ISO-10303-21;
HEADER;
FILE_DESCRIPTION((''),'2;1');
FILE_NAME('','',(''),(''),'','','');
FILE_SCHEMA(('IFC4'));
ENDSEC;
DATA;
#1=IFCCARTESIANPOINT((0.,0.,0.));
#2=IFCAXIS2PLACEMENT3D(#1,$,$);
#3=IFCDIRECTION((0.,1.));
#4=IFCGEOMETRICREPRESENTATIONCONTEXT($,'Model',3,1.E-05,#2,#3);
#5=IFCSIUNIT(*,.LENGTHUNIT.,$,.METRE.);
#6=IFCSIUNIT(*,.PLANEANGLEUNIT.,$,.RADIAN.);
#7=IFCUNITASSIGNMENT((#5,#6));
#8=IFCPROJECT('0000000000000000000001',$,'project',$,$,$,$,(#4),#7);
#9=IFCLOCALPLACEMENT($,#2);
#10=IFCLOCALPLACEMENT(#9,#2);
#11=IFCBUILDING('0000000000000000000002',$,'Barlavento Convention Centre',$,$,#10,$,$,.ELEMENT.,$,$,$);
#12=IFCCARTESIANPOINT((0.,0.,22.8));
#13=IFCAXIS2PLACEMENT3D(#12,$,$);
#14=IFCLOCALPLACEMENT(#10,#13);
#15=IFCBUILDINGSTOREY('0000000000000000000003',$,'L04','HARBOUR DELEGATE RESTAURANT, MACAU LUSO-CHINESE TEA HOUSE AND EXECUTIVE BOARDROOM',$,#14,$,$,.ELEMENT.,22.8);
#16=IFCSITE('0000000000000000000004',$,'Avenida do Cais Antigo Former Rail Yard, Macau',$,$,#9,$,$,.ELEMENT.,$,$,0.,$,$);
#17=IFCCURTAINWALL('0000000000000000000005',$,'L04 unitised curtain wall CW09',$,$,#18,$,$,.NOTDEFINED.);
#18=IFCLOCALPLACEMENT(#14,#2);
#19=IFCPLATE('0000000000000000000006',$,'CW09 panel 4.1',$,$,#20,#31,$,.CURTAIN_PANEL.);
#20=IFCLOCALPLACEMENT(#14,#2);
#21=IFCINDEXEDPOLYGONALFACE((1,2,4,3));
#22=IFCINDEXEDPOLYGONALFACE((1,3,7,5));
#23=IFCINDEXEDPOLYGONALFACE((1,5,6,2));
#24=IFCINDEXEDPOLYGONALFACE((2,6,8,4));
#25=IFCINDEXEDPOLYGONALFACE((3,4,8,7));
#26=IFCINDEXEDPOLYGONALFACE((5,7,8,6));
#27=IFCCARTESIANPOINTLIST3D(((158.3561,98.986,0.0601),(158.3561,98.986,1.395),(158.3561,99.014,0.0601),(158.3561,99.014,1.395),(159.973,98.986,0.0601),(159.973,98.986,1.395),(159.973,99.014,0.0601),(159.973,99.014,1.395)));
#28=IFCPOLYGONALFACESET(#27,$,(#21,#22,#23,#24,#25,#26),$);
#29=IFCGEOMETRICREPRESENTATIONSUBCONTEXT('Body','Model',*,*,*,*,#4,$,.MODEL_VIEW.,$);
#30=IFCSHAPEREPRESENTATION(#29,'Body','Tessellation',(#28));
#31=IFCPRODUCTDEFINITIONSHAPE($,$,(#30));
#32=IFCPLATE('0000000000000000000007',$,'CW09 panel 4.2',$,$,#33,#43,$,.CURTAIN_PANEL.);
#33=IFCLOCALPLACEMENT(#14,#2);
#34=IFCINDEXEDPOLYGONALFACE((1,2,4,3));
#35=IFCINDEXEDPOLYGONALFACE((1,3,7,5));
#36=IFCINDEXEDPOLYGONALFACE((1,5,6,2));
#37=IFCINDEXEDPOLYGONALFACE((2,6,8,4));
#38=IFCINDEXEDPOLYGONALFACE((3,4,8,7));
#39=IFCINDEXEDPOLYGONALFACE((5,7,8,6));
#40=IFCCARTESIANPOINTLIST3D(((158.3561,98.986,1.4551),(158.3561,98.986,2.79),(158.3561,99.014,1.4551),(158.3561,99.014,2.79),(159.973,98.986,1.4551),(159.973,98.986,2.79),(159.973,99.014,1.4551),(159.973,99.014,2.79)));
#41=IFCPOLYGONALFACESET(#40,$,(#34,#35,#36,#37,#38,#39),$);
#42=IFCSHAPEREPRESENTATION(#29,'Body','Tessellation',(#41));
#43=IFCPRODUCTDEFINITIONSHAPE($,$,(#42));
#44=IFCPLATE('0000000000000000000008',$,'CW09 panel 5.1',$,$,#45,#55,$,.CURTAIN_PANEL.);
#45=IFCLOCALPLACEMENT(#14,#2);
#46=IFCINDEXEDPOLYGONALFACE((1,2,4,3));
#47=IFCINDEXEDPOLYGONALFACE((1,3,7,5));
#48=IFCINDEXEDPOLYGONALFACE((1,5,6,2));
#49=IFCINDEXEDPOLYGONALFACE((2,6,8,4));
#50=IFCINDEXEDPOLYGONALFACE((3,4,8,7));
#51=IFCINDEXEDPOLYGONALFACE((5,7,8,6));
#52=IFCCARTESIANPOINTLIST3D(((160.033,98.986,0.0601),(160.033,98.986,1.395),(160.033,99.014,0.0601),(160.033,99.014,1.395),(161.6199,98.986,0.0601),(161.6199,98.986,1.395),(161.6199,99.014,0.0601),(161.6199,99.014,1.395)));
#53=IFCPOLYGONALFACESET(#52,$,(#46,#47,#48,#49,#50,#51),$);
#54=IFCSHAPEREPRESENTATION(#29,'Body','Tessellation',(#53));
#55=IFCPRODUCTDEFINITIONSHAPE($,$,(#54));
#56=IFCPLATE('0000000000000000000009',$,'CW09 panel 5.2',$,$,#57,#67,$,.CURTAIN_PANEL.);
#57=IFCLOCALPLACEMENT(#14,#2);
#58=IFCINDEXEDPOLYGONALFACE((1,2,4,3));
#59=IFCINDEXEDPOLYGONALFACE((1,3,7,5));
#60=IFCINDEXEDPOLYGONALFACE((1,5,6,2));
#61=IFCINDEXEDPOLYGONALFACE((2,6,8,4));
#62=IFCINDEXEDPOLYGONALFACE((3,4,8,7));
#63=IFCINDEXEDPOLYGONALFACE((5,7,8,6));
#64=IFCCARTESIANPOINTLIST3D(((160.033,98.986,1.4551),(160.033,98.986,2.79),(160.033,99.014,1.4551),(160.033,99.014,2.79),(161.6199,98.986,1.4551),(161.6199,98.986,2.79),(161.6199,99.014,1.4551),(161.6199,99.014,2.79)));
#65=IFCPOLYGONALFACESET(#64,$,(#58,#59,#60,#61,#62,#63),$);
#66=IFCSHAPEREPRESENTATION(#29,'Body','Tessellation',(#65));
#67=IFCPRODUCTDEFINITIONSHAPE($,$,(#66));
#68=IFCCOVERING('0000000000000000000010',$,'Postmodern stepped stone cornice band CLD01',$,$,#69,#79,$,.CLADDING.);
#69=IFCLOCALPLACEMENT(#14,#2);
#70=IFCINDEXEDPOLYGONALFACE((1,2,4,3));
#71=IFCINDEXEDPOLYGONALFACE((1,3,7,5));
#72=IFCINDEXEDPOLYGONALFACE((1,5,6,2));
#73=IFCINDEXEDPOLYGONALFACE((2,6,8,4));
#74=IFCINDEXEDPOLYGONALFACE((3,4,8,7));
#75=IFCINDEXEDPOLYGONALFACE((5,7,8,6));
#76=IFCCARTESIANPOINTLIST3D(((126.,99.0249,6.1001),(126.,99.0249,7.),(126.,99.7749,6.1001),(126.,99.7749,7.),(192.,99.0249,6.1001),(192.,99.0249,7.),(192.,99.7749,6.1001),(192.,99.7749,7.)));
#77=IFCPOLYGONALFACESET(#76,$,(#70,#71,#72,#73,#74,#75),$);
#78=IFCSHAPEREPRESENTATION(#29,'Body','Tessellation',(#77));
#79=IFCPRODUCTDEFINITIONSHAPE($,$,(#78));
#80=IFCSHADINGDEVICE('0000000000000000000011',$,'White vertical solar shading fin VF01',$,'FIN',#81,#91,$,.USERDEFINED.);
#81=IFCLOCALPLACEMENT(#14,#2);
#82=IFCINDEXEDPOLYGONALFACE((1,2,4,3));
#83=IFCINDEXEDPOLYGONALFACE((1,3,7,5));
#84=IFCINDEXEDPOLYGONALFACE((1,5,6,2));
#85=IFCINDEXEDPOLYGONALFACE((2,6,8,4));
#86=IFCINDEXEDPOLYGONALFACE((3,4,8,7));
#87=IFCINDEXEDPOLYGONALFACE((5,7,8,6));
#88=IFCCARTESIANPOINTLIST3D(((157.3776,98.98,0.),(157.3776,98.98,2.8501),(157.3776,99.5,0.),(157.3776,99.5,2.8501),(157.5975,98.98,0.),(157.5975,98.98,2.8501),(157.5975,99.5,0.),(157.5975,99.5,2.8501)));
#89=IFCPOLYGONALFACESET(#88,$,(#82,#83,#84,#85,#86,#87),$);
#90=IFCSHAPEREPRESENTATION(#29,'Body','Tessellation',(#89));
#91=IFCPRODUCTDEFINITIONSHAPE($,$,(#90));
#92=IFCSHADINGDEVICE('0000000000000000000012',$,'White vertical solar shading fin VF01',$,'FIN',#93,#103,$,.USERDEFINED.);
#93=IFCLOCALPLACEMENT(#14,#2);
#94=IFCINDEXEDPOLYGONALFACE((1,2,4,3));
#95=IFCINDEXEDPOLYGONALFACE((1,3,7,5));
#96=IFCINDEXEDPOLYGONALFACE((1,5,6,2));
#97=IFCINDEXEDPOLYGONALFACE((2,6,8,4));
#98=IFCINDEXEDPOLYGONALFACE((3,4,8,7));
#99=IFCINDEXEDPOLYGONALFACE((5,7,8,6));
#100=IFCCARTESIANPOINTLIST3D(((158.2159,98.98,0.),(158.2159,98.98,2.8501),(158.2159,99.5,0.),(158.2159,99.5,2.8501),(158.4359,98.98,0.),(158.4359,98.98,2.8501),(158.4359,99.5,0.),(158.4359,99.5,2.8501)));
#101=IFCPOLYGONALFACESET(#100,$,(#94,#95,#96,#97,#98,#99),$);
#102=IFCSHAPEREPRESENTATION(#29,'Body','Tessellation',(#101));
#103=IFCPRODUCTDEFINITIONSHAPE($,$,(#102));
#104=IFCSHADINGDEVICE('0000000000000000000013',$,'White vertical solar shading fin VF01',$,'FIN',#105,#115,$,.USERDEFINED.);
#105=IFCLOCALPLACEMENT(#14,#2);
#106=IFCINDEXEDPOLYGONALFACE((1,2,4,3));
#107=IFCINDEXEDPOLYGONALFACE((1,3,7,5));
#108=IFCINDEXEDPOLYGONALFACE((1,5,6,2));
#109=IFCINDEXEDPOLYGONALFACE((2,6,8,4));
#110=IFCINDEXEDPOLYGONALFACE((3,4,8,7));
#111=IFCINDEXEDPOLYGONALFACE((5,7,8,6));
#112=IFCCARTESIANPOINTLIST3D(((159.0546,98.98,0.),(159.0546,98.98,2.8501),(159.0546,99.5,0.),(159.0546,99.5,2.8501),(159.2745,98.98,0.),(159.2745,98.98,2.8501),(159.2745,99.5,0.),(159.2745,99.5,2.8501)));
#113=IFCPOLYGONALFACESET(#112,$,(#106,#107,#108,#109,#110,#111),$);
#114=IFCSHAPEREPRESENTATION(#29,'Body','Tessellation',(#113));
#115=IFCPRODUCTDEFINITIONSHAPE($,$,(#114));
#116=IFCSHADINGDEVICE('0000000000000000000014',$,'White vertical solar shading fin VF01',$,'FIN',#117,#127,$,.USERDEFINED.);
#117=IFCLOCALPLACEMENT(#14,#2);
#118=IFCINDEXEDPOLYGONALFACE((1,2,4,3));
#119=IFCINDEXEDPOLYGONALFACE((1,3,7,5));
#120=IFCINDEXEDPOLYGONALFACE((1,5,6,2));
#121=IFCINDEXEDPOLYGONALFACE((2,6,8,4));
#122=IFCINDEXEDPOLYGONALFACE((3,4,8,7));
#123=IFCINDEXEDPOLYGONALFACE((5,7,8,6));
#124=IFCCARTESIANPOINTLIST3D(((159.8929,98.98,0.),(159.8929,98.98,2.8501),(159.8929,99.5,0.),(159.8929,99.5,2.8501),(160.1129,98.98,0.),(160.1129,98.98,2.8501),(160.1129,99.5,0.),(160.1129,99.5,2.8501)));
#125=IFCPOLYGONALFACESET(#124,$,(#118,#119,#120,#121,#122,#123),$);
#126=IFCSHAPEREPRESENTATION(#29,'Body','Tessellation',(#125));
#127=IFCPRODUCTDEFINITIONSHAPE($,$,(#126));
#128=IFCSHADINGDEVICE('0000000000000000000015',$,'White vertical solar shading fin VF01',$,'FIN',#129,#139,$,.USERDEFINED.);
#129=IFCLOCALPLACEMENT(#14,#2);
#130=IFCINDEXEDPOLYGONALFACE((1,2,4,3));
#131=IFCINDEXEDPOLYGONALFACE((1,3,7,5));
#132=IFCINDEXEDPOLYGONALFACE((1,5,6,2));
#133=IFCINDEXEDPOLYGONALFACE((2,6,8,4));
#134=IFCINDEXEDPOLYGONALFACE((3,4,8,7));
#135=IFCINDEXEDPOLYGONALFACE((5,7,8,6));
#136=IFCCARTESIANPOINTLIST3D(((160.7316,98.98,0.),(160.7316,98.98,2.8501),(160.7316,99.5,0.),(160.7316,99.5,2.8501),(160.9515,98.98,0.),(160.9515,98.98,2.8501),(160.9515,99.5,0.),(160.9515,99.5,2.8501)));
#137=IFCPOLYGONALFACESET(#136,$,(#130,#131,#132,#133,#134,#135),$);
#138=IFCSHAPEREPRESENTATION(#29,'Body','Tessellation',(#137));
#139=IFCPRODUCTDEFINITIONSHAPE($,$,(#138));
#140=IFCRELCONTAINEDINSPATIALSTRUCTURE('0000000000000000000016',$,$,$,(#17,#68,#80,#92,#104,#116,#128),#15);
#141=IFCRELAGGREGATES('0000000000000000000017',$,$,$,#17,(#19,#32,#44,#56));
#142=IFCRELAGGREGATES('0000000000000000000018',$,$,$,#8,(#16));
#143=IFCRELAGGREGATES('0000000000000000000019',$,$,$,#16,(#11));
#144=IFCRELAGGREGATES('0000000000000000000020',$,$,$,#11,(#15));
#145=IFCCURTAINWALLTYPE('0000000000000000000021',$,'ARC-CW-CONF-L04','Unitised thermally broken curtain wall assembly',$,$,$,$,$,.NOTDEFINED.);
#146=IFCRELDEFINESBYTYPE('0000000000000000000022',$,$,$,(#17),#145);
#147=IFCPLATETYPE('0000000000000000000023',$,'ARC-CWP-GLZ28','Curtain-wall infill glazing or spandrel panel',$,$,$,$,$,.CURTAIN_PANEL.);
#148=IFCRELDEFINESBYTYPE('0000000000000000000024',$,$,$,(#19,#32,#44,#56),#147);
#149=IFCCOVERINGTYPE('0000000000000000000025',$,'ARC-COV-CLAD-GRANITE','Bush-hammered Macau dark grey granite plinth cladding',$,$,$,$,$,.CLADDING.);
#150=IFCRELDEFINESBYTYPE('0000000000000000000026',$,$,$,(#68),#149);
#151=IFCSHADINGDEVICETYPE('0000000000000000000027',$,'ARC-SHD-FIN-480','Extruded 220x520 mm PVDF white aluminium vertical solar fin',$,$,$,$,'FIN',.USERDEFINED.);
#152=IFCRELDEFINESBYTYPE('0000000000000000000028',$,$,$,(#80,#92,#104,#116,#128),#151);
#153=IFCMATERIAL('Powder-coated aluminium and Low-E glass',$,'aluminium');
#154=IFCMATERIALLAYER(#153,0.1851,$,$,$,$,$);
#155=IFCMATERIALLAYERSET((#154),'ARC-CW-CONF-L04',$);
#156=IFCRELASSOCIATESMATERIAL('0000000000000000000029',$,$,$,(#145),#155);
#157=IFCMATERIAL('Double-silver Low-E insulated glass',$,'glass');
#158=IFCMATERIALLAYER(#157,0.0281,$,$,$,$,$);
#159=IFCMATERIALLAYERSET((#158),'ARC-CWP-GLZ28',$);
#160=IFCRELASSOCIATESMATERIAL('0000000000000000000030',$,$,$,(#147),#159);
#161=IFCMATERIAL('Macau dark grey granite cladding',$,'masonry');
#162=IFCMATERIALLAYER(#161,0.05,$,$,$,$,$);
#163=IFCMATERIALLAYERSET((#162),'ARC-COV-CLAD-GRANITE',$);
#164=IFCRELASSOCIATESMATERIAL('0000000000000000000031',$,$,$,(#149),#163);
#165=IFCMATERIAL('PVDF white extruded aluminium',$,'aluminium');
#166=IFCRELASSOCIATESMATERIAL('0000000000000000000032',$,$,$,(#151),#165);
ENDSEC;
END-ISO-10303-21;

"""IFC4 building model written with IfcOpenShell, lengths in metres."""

from ifc_helpers import new_model, si_unit, direction, frame, origin, origin_2d, place, context, subcontext, project, spatial, rectangle, extrude, material, layer, layer_set, type_object, element, aggregate, save


model = new_model("IFC4")

# Units and contexts
model_context = context("Model", 3, precision=1e-05, world=origin(), true_north=direction((0.0, 1.0)))
body_context = subcontext(model_context, "Body", "Model", "MODEL_VIEW")
ifc_project = project(units=[si_unit("LENGTHUNIT", "METRE"), si_unit("PLANEANGLEUNIT", "RADIAN")], contexts=[model_context])

# Site, building, storey
site_placement = place(None, origin())
site = spatial("IfcSite", under=ifc_project, at=site_placement, Name="Avenida do Cais Antigo Former Rail Yard, Macau", CompositionType="ELEMENT", RefElevation=0.0)
building_placement = place(site_placement, origin())
building = spatial("IfcBuilding", under=site, at=building_placement, Name="Barlavento Convention Centre", CompositionType="ELEMENT")
storey_placement = place(building_placement, frame((0.0, 0.0, 22.8)))
storey = spatial("IfcBuildingStorey", under=building, at=storey_placement, Name="L04", Description="HARBOUR DELEGATE RESTAURANT, MACAU LUSO-CHINESE TEA HOUSE AND EXECUTIVE BOARDROOM", CompositionType="ELEMENT", Elevation=22.8)

# Curtain wall, plates
ifc_material_1 = material(Name="Powder-coated aluminium and Low-E glass", Category="aluminium")
ifc_layer_1 = layer(ifc_material_1, 0.1851)
ifc_layer_set_1 = layer_set([ifc_layer_1], Name="ARC-CW-CONF-L04")
curtain_wall_type = type_object("IfcCurtainWallType", Name="ARC-CW-CONF-L04", Description="Unitised thermally broken curtain wall assembly", PredefinedType="NOTDEFINED", material=ifc_layer_set_1)
curtain_wall_placement = place(storey_placement, origin())
curtain_wall = element("IfcCurtainWall", 1, at=curtain_wall_placement, inside=storey, type_object=curtain_wall_type, Name="L04 unitised curtain wall CW09", PredefinedType="NOTDEFINED")
ifc_material_2 = material(Name="Double-silver Low-E insulated glass", Category="glass")
ifc_layer_2 = layer(ifc_material_2, 0.0281)
ifc_layer_set_2 = layer_set([ifc_layer_2], Name="ARC-CWP-GLZ28")
plate_type = type_object("IfcPlateType", Name="ARC-CWP-GLZ28", Description="Curtain-wall infill glazing or spandrel panel", PredefinedType="CURTAIN_PANEL", material=ifc_layer_set_2)
plate_1_placement = place(storey_placement, frame((159.1646, 99.0, 0.0601), z_axis=(0.0, 0.0, 1.0), x_axis=(1.0, 0.0, 0.0)))
plate_1 = element("IfcPlate", 2, at=plate_1_placement, type_object=plate_type, Name="CW09 panel 4.1", PredefinedType="CURTAIN_PANEL", context=body_context, shape_type="SweptSolid", body=[
    extrude(rectangle(XDim=1.6169, YDim=0.0281, at=origin_2d()), origin(), (0.0, 0.0, 1.0), 1.335),
])
plate_2_placement = place(storey_placement, frame((159.1646, 99.0, 1.4551), z_axis=(0.0, 0.0, 1.0), x_axis=(1.0, 0.0, 0.0)))
plate_2 = element("IfcPlate", 3, at=plate_2_placement, type_object=plate_type, Name="CW09 panel 4.2", PredefinedType="CURTAIN_PANEL", context=body_context, shape_type="SweptSolid", body=[
    extrude(rectangle(XDim=1.6169, YDim=0.0281, at=origin_2d()), origin(), (0.0, 0.0, 1.0), 1.335),
])
plate_3_placement = place(storey_placement, frame((160.8264, 99.0, 0.0601), z_axis=(0.0, 0.0, 1.0), x_axis=(1.0, 0.0, 0.0)))
plate_3 = element("IfcPlate", 4, at=plate_3_placement, type_object=plate_type, Name="CW09 panel 5.1", PredefinedType="CURTAIN_PANEL", context=body_context, shape_type="SweptSolid", body=[
    extrude(rectangle(XDim=1.5869, YDim=0.0281, at=origin_2d()), origin(), (0.0, 0.0, 1.0), 1.335),
])
plate_4_placement = place(storey_placement, frame((160.8264, 99.0, 1.4551), z_axis=(0.0, 0.0, 1.0), x_axis=(1.0, 0.0, 0.0)))
plate_4 = element("IfcPlate", 5, at=plate_4_placement, type_object=plate_type, Name="CW09 panel 5.2", PredefinedType="CURTAIN_PANEL", context=body_context, shape_type="SweptSolid", body=[
    extrude(rectangle(XDim=1.5869, YDim=0.0281, at=origin_2d()), origin(), (0.0, 0.0, 1.0), 1.335),
])
aggregate(curtain_wall, [plate_1, plate_2, plate_3, plate_4])

# Covering
ifc_material_3 = material(Name="Macau dark grey granite cladding", Category="masonry")
ifc_layer_3 = layer(ifc_material_3, 0.05)
ifc_layer_set_3 = layer_set([ifc_layer_3], Name="ARC-COV-CLAD-GRANITE")
covering_type = type_object("IfcCoveringType", Name="ARC-COV-CLAD-GRANITE", Description="Bush-hammered Macau dark grey granite plinth cladding", PredefinedType="CLADDING", material=ifc_layer_set_3)
covering_placement = place(storey_placement, frame((159.0, 99.3999, 6.1001), z_axis=(0.0, 0.0, 1.0), x_axis=(1.0, 0.0, 0.0)))
element("IfcCovering", 6, at=covering_placement, inside=storey, type_object=covering_type, Name="Postmodern stepped stone cornice band CLD01", PredefinedType="CLADDING", context=body_context, shape_type="SweptSolid", body=[
    extrude(rectangle(XDim=66.0, YDim=0.75, at=origin_2d()), origin(), (0.0, 0.0, 1.0), 0.8999),
])

# Shading devices
ifc_material_4 = material(Name="PVDF white extruded aluminium", Category="aluminium")
shading_device_type = type_object("IfcShadingDeviceType", Name="ARC-SHD-FIN-480", Description="Extruded 220x520 mm PVDF white aluminium vertical solar fin", ElementType="FIN", PredefinedType="USERDEFINED", material=ifc_material_4)
for number, where, z_axis, x_axis, name in (
    (7, (157.4875, 99.24, 0.0), (0.0, 0.0, 1.0), (1.0, 0.0, 0.0), "White vertical solar shading fin VF01"),
    (8, (158.3259, 99.24, 0.0), (0.0, 0.0, 1.0), (1.0, 0.0, 0.0), "White vertical solar shading fin VF01"),
    (9, (159.1646, 99.24, 0.0), (0.0, 0.0, 1.0), (1.0, 0.0, 0.0), "White vertical solar shading fin VF01"),
    (10, (160.0029, 99.24, 0.0), (0.0, 0.0, 1.0), (1.0, 0.0, 0.0), "White vertical solar shading fin VF01"),
    (11, (160.8416, 99.24, 0.0), (0.0, 0.0, 1.0), (1.0, 0.0, 0.0), "White vertical solar shading fin VF01"),
):
    element("IfcShadingDevice", number, at=place(storey_placement, frame(where, z_axis=z_axis, x_axis=x_axis)), inside=storey, type_object=shading_device_type, Name=name, ObjectType="FIN", PredefinedType="USERDEFINED", context=body_context, shape_type="SweptSolid", body=[
        extrude(rectangle(XDim=0.22, YDim=0.52, at=origin_2d()), origin(), (0.0, 0.0, 1.0), 2.8501),
    ])

save(model, "model.ifc")
